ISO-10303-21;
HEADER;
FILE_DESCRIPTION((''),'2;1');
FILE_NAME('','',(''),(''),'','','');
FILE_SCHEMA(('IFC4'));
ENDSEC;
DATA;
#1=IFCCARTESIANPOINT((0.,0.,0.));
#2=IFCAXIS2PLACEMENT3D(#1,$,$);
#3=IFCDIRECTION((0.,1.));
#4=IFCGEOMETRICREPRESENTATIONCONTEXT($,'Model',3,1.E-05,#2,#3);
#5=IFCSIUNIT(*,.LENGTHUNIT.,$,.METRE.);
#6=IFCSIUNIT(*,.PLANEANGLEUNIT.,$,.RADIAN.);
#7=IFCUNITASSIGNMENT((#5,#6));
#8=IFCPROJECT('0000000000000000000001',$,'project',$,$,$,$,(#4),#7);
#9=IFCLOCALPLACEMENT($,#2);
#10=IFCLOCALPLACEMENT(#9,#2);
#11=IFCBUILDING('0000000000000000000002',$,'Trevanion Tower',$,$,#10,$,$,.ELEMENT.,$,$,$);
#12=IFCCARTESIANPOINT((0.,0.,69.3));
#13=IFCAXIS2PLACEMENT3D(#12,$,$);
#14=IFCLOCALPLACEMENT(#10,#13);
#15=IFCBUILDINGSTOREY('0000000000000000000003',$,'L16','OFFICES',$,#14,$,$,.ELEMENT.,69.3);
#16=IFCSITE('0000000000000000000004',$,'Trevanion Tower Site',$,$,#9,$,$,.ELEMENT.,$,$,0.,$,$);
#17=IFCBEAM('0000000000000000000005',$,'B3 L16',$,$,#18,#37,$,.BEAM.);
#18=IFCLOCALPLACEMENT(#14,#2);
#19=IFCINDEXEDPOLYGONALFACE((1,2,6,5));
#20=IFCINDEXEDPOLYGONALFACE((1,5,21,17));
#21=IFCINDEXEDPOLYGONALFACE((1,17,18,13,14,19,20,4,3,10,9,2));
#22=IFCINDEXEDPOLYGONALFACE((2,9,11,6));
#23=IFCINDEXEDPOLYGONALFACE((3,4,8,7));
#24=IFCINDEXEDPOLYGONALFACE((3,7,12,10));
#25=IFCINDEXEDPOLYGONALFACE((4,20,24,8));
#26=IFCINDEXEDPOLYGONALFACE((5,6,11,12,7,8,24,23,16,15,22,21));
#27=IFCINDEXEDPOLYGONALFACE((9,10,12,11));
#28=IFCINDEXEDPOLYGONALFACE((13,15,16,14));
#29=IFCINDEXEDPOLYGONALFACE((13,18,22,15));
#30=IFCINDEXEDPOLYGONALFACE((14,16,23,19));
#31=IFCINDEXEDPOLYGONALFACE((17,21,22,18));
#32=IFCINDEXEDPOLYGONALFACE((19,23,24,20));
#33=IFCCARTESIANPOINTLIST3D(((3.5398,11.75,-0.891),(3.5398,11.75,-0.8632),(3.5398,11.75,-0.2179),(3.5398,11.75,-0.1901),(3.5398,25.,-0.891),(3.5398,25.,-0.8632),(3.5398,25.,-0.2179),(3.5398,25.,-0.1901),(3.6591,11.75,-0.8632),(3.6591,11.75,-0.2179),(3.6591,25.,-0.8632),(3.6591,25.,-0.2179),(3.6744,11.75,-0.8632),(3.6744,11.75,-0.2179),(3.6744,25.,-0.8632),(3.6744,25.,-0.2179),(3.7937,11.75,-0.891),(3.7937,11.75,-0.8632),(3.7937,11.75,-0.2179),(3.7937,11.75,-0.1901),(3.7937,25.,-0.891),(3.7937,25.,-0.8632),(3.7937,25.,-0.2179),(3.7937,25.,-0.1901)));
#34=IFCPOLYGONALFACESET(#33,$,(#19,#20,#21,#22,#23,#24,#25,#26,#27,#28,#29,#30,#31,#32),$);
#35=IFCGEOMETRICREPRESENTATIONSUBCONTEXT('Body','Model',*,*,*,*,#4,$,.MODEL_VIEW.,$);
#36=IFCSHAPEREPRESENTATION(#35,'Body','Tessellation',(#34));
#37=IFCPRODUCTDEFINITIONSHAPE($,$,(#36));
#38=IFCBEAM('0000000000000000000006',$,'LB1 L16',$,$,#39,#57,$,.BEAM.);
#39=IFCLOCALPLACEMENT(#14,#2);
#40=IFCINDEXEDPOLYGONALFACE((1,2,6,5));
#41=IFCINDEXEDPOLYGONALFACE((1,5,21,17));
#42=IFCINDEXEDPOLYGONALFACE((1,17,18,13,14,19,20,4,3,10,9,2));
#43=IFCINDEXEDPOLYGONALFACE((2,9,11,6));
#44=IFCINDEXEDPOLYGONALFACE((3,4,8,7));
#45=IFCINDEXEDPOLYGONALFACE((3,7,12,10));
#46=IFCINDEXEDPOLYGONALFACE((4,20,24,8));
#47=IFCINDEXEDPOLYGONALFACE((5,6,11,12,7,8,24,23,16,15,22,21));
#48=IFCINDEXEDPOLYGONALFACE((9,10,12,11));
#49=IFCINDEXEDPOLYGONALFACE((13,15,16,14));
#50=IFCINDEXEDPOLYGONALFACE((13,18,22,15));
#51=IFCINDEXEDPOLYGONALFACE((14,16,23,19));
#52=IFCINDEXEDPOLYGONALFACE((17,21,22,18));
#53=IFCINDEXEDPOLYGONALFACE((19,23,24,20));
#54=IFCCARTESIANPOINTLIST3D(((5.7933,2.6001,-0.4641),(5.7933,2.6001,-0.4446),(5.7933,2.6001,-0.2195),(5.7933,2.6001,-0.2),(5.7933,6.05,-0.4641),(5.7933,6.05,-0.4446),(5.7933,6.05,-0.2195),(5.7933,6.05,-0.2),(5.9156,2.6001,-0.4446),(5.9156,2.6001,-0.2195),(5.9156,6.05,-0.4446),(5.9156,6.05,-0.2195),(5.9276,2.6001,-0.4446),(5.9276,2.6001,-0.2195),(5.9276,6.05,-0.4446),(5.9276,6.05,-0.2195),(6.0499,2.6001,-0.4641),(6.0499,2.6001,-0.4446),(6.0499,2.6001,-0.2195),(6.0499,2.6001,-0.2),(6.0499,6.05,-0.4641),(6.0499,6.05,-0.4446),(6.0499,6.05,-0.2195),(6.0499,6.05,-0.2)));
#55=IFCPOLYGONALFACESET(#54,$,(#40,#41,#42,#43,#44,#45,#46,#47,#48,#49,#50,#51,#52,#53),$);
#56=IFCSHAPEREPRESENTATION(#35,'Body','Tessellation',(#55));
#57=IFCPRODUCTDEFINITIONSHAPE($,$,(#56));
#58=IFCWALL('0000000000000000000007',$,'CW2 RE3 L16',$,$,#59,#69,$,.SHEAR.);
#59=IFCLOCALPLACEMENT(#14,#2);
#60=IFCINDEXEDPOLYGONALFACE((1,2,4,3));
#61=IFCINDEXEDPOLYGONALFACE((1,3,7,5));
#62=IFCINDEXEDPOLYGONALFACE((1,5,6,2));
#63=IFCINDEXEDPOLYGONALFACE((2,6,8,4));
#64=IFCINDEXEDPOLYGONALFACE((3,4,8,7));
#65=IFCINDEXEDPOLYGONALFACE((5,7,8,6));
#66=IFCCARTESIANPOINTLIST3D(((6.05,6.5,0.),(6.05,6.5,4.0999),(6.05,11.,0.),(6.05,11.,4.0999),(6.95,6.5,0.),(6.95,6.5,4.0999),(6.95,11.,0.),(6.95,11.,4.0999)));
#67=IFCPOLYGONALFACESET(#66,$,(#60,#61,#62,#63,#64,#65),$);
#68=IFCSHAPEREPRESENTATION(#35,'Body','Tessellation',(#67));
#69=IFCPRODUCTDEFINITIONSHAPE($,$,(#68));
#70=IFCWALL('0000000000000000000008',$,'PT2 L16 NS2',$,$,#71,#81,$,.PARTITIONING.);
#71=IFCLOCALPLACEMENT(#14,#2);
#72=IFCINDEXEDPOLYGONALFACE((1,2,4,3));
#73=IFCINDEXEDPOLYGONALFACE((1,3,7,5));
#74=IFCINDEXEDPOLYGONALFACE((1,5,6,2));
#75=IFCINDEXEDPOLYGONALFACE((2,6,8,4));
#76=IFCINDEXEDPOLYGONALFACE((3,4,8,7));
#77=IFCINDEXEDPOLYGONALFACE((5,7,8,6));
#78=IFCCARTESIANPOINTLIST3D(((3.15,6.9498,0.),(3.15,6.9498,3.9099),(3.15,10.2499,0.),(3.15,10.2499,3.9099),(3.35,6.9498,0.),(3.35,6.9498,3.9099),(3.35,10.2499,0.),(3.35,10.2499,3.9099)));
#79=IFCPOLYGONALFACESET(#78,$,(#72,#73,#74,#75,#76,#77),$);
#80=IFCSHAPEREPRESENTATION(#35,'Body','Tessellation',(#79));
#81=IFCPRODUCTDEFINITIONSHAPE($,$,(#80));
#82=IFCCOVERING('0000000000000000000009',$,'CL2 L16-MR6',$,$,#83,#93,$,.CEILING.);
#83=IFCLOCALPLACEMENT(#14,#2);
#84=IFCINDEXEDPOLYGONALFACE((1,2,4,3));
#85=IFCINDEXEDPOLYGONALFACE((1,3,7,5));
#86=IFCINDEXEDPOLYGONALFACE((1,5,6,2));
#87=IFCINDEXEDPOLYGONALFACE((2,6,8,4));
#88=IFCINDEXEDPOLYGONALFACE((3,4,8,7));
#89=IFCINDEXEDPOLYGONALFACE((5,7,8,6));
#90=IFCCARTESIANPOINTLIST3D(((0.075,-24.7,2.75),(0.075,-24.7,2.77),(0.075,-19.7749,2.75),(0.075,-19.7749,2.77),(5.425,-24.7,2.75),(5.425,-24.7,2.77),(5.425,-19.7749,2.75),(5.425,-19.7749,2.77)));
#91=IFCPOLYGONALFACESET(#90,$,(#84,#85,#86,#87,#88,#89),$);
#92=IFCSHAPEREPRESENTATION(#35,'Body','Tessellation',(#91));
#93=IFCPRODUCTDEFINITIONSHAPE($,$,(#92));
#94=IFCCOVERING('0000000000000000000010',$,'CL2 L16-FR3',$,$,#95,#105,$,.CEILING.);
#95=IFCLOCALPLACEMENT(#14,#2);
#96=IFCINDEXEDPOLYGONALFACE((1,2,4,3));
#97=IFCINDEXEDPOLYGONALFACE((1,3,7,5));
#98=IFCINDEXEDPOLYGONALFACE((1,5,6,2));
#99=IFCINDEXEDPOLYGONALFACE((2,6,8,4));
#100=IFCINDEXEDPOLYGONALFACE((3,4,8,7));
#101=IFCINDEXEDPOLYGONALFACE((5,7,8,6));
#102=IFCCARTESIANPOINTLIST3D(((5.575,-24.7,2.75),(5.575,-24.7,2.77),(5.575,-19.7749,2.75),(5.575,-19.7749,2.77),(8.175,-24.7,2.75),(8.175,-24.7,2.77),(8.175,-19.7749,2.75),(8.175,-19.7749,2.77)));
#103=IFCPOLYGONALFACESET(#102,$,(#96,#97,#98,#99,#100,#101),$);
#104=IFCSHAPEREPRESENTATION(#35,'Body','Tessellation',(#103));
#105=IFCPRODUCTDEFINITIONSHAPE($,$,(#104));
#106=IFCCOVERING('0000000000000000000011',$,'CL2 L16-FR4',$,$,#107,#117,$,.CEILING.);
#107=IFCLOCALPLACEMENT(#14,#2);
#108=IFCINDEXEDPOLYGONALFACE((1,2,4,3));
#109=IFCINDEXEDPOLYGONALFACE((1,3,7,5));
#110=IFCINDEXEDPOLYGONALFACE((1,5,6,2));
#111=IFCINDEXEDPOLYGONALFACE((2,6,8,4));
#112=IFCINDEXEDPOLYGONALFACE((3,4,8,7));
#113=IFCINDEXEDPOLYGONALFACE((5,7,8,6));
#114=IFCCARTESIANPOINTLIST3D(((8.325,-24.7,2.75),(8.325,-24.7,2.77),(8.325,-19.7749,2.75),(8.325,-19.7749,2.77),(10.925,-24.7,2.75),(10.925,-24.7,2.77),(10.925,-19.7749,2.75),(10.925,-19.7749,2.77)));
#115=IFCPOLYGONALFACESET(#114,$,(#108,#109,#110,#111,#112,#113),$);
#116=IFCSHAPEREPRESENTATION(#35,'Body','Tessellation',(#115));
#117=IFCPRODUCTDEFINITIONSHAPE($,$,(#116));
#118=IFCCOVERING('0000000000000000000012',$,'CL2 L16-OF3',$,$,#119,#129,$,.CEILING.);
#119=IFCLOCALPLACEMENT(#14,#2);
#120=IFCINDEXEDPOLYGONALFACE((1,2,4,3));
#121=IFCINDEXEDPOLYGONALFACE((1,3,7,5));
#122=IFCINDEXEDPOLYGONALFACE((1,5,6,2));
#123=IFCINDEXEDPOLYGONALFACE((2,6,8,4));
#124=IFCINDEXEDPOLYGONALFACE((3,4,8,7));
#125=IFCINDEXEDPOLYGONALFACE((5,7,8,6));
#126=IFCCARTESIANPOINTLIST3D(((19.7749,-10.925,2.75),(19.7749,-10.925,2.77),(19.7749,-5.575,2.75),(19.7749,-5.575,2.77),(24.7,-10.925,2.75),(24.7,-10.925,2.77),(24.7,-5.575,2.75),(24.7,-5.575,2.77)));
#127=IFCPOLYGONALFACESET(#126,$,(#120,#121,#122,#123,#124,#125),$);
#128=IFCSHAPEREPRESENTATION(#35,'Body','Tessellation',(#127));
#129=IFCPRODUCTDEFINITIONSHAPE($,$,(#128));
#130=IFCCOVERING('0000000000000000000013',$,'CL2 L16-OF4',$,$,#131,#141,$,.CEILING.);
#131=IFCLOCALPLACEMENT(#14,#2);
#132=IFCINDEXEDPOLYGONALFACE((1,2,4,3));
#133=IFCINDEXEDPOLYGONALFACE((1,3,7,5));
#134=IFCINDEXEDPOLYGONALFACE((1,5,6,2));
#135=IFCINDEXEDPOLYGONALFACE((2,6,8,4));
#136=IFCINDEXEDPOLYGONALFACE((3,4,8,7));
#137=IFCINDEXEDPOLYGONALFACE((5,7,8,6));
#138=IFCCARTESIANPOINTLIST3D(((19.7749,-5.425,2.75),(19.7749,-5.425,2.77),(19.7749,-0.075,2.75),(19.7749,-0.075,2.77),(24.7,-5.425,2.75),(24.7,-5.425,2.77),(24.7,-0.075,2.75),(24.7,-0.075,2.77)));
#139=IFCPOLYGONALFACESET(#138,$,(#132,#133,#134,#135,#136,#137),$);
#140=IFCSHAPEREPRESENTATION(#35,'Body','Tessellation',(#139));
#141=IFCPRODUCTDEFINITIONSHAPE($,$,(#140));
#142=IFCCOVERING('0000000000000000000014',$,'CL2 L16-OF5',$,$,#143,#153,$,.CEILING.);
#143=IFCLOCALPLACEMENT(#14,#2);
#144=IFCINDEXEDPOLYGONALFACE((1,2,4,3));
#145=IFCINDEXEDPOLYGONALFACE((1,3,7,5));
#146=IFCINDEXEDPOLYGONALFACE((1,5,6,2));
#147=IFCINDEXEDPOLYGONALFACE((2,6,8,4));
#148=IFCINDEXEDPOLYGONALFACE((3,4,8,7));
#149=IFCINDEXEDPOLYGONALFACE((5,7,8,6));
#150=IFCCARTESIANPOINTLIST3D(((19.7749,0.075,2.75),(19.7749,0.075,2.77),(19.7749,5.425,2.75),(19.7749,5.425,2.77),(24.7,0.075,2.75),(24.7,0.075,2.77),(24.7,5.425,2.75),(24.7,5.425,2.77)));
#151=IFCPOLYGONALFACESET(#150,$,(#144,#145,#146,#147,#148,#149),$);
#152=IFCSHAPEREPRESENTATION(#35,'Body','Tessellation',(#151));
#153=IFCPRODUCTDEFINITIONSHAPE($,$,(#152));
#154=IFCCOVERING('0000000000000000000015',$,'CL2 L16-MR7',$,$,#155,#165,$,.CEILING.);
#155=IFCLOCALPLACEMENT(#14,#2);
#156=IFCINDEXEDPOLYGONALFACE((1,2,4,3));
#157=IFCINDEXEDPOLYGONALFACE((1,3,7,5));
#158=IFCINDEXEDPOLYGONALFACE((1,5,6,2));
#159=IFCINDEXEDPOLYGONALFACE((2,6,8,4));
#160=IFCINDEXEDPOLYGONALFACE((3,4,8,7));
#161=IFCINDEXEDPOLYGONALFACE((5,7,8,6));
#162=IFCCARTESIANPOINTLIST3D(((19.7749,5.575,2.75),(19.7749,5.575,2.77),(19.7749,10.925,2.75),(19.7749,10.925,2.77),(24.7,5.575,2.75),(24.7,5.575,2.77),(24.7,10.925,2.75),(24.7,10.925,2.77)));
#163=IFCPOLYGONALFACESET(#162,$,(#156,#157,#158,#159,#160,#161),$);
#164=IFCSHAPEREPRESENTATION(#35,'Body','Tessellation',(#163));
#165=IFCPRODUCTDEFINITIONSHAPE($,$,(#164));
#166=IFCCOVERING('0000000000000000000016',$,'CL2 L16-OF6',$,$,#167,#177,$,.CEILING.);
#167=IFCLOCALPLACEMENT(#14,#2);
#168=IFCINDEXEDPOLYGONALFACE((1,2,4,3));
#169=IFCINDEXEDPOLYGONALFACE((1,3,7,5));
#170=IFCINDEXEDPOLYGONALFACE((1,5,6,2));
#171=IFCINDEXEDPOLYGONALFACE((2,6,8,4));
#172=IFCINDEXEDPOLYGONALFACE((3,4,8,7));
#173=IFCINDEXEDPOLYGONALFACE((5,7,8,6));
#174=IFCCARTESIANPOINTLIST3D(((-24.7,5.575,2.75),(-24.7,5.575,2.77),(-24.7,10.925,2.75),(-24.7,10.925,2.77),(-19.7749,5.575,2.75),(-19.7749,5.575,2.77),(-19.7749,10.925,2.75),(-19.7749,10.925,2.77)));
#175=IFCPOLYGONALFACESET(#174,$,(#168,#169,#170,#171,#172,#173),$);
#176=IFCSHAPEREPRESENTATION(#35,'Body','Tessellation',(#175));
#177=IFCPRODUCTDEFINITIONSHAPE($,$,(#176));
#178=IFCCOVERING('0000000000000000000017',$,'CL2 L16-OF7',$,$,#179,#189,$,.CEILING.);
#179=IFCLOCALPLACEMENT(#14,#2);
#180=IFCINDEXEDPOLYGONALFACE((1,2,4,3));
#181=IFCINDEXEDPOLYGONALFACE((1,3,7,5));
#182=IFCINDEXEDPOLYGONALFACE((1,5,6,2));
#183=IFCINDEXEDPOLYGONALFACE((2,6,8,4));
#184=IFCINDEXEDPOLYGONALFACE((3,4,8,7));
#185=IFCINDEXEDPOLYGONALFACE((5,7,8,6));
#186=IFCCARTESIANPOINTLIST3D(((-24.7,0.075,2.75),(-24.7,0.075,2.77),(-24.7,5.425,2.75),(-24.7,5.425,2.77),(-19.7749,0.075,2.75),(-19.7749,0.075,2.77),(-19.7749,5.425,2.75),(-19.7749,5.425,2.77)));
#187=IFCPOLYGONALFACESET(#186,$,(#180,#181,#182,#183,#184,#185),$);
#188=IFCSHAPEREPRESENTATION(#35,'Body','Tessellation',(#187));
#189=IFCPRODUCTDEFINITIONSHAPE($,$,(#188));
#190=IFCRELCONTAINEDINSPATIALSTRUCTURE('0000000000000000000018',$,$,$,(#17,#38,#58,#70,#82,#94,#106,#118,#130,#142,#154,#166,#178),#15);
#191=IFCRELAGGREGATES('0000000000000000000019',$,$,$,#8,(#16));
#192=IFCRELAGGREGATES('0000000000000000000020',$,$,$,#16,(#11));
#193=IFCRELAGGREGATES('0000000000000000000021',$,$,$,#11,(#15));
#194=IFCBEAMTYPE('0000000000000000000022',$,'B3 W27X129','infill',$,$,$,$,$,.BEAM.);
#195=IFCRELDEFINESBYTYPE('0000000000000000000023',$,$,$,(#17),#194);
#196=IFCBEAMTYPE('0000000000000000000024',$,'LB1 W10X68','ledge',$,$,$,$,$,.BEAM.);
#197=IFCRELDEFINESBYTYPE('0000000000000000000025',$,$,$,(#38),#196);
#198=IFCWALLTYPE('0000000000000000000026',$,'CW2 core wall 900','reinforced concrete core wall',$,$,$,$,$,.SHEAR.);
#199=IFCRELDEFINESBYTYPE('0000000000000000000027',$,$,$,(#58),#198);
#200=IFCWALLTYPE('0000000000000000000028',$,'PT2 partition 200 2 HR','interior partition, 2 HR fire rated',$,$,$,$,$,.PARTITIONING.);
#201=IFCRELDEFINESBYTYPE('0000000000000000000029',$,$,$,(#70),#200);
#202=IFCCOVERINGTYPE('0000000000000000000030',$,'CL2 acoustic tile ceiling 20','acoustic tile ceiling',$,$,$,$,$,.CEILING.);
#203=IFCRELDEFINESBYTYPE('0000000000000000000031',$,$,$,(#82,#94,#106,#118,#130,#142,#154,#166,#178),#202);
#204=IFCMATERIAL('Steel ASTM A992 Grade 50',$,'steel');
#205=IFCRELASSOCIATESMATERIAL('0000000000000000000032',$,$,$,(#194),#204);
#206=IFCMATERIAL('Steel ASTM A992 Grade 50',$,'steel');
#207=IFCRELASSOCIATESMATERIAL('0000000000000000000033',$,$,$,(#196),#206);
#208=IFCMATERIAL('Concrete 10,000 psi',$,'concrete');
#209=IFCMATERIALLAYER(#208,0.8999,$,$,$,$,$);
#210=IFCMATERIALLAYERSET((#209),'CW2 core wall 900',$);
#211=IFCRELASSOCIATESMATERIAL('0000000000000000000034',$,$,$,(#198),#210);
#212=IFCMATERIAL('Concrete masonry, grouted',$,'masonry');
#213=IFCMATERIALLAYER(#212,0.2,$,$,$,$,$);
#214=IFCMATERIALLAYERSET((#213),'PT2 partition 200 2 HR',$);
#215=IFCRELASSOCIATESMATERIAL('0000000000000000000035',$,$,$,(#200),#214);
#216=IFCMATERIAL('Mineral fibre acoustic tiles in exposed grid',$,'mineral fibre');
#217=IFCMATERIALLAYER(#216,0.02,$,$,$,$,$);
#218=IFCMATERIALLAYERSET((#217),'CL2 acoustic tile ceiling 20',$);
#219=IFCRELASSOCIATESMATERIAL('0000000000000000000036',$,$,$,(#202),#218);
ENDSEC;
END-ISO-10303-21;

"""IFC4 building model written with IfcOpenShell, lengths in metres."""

from ifc_helpers import new_model, si_unit, direction, frame, frame_2d, origin, origin_2d, place, context, subcontext, project, spatial, polyline, rectangle, i_section, outline, extrude, material, layer, layer_set, material_profile, profile_set, type_object, element, save


model = new_model("IFC4")

# Units and contexts
model_context = context("Model", 3, precision=1e-05, world=origin(), true_north=direction((0.0, 1.0)))
body_context = subcontext(model_context, "Body", "Model", "MODEL_VIEW")
ifc_project = project(units=[si_unit("LENGTHUNIT", "METRE"), si_unit("PLANEANGLEUNIT", "RADIAN")], contexts=[model_context])

# Site, building, storey
site_placement = place(None, origin())
site = spatial("IfcSite", under=ifc_project, at=site_placement, Name="Trevanion Tower Site", CompositionType="ELEMENT", RefElevation=0.0)
building_placement = place(site_placement, origin())
building = spatial("IfcBuilding", under=site, at=building_placement, Name="Trevanion Tower", CompositionType="ELEMENT")
storey_placement = place(building_placement, frame((0.0, 0.0, 69.3)))
storey = spatial("IfcBuildingStorey", under=building, at=storey_placement, Name="L16", Description="OFFICES", CompositionType="ELEMENT", Elevation=69.3)

# Beams
ifc_material_1 = material(Name="Steel ASTM A992 Grade 50", Category="steel")
ifc_material_profile_1 = material_profile(ifc_material_1, i_section(OverallWidth=0.2539, OverallDepth=0.7009, WebThickness=0.0154, FlangeThickness=0.0278, at=origin_2d()), Name="W27X129")
ifc_profile_set_1 = profile_set([ifc_material_profile_1], Name="Steel ASTM A992 Grade 50")
beam_type_1 = type_object("IfcBeamType", Name="B3 W27X129", Description="infill", PredefinedType="BEAM", material=ifc_profile_set_1)
beam_1_placement = place(storey_placement, frame((3.6667, 11.75, -0.5405), z_axis=(0.0, 1.0, 0.0), x_axis=(-1.0, 0.0, 0.0)))
element("IfcBeam", 1, at=beam_1_placement, inside=storey, type_object=beam_type_1, Name="B3 L16", PredefinedType="BEAM", context=body_context, shape_type="SweptSolid", body=[
    extrude(i_section(OverallWidth=0.2539, OverallDepth=0.7009, WebThickness=0.0154, FlangeThickness=0.0278, at=origin_2d()), origin(), (0.0, 0.0, 1.0), 13.25),
])
ifc_material_2 = material(Name="Steel ASTM A992 Grade 50", Category="steel")
ifc_material_profile_2 = material_profile(ifc_material_2, i_section(OverallWidth=0.2566, OverallDepth=0.2642, WebThickness=0.012, FlangeThickness=0.0195, at=origin_2d()), Name="W10X68")
ifc_profile_set_2 = profile_set([ifc_material_profile_2], Name="Steel ASTM A992 Grade 50")
beam_type_2 = type_object("IfcBeamType", Name="LB1 W10X68", Description="ledge", PredefinedType="BEAM", material=ifc_profile_set_2)
beam_2_placement = place(storey_placement, frame((5.9216, 2.6001, -0.332), z_axis=(0.0, 1.0, 0.0), x_axis=(-1.0, 0.0, 0.0)))
element("IfcBeam", 2, at=beam_2_placement, inside=storey, type_object=beam_type_2, Name="LB1 L16", PredefinedType="BEAM", context=body_context, shape_type="SweptSolid", body=[
    extrude(i_section(OverallWidth=0.2566, OverallDepth=0.2642, WebThickness=0.012, FlangeThickness=0.0195, at=origin_2d()), origin(), (0.0, 0.0, 1.0), 3.45),
])

# Walls
ifc_material_3 = material(Name="Concrete 10,000 psi", Category="concrete")
ifc_layer_1 = layer(ifc_material_3, 0.8999)
ifc_layer_set_1 = layer_set([ifc_layer_1], Name="CW2 core wall 900")
wall_type_1 = type_object("IfcWallType", Name="CW2 core wall 900", Description="reinforced concrete core wall", PredefinedType="SHEAR", material=ifc_layer_set_1)
wall_1_placement = place(storey_placement, frame((6.5, 6.5, 0.0), z_axis=(0.0, 0.0, 1.0), x_axis=(0.0, 1.0, 0.0)))
element("IfcWall", 3, at=wall_1_placement, inside=storey, type_object=wall_type_1, Name="CW2 RE3 L16", PredefinedType="SHEAR", context=body_context, shape_type="SweptSolid", body=[
    extrude(rectangle(XDim=4.5, YDim=0.8999, at=frame_2d((2.25, 0.0))), origin(), (0.0, 0.0, 1.0), 4.0999),
])
ifc_material_4 = material(Name="Concrete masonry, grouted", Category="masonry")
ifc_layer_2 = layer(ifc_material_4, 0.2)
ifc_layer_set_2 = layer_set([ifc_layer_2], Name="PT2 partition 200 2 HR")
wall_type_2 = type_object("IfcWallType", Name="PT2 partition 200 2 HR", Description="interior partition, 2 HR fire rated", PredefinedType="PARTITIONING", material=ifc_layer_set_2)
wall_2_placement = place(storey_placement, frame((3.25, 6.95, 0.0), z_axis=(0.0, 0.0, 1.0), x_axis=(0.0, 1.0, 0.0)))
element("IfcWall", 4, at=wall_2_placement, inside=storey, type_object=wall_type_2, Name="PT2 L16 NS2", PredefinedType="PARTITIONING", context=body_context, shape_type="SweptSolid", body=[
    extrude(rectangle(XDim=3.3, YDim=0.2, at=frame_2d((1.6499, 0.0))), origin(), (0.0, 0.0, 1.0), 3.9099),
])

# Coverings
ifc_material_5 = material(Name="Mineral fibre acoustic tiles in exposed grid", Category="mineral fibre")
ifc_layer_3 = layer(ifc_material_5, 0.02)
ifc_layer_set_3 = layer_set([ifc_layer_3], Name="CL2 acoustic tile ceiling 20")
covering_type_1 = type_object("IfcCoveringType", Name="CL2 acoustic tile ceiling 20", Description="acoustic tile ceiling", PredefinedType="CEILING", material=ifc_layer_set_3)
covering_1_placement = place(storey_placement, frame((0.0, 0.0, 2.75)))
element("IfcCovering", 5, at=covering_1_placement, inside=storey, type_object=covering_type_1, Name="CL2 L16-MR6", PredefinedType="CEILING", context=body_context, shape_type="SweptSolid", body=[
    extrude(outline(polyline([(0.075, -19.7749), (5.425, -19.7749), (5.425, -24.7), (0.075, -24.7), (0.075, -19.7749)])), origin(), (0.0, 0.0, 1.0), 0.02),
])
covering_2_placement = place(storey_placement, frame((0.0, 0.0, 2.75)))
element("IfcCovering", 6, at=covering_2_placement, inside=storey, type_object=covering_type_1, Name="CL2 L16-FR3", PredefinedType="CEILING", context=body_context, shape_type="SweptSolid", body=[
    extrude(outline(polyline([(5.575, -19.7749), (8.175, -19.7749), (8.175, -24.7), (5.575, -24.7), (5.575, -19.7749)])), origin(), (0.0, 0.0, 1.0), 0.02),
])
covering_3_placement = place(storey_placement, frame((0.0, 0.0, 2.75)))
element("IfcCovering", 7, at=covering_3_placement, inside=storey, type_object=covering_type_1, Name="CL2 L16-FR4", PredefinedType="CEILING", context=body_context, shape_type="SweptSolid", body=[
    extrude(outline(polyline([(8.325, -19.7749), (10.925, -19.7749), (10.925, -24.7), (8.325, -24.7), (8.325, -19.7749)])), origin(), (0.0, 0.0, 1.0), 0.02),
])
covering_4_placement = place(storey_placement, frame((0.0, 0.0, 2.75)))
element("IfcCovering", 8, at=covering_4_placement, inside=storey, type_object=covering_type_1, Name="CL2 L16-OF3", PredefinedType="CEILING", context=body_context, shape_type="SweptSolid", body=[
    extrude(outline(polyline([(19.7749, -10.925), (19.7749, -5.575), (24.7, -5.575), (24.7, -10.925), (19.7749, -10.925)])), origin(), (0.0, 0.0, 1.0), 0.02),
])
covering_5_placement = place(storey_placement, frame((0.0, 0.0, 2.75)))
element("IfcCovering", 9, at=covering_5_placement, inside=storey, type_object=covering_type_1, Name="CL2 L16-OF4", PredefinedType="CEILING", context=body_context, shape_type="SweptSolid", body=[
    extrude(outline(polyline([(19.7749, -5.425), (19.7749, -0.075), (24.7, -0.075), (24.7, -5.425), (19.7749, -5.425)])), origin(), (0.0, 0.0, 1.0), 0.02),
])
covering_6_placement = place(storey_placement, frame((0.0, 0.0, 2.75)))
element("IfcCovering", 10, at=covering_6_placement, inside=storey, type_object=covering_type_1, Name="CL2 L16-OF5", PredefinedType="CEILING", context=body_context, shape_type="SweptSolid", body=[
    extrude(outline(polyline([(19.7749, 0.075), (19.7749, 5.425), (24.7, 5.425), (24.7, 0.075), (19.7749, 0.075)])), origin(), (0.0, 0.0, 1.0), 0.02),
])
covering_7_placement = place(storey_placement, frame((0.0, 0.0, 2.75)))
element("IfcCovering", 11, at=covering_7_placement, inside=storey, type_object=covering_type_1, Name="CL2 L16-MR7", PredefinedType="CEILING", context=body_context, shape_type="SweptSolid", body=[
    extrude(outline(polyline([(19.7749, 5.575), (19.7749, 10.925), (24.7, 10.925), (24.7, 5.575), (19.7749, 5.575)])), origin(), (0.0, 0.0, 1.0), 0.02),
])
covering_8_placement = place(storey_placement, frame((0.0, 0.0, 2.75)))
element("IfcCovering", 12, at=covering_8_placement, inside=storey, type_object=covering_type_1, Name="CL2 L16-OF6", PredefinedType="CEILING", context=body_context, shape_type="SweptSolid", body=[
    extrude(outline(polyline([(-19.7749, 10.925), (-19.7749, 5.575), (-24.7, 5.575), (-24.7, 10.925), (-19.7749, 10.925)])), origin(), (0.0, 0.0, 1.0), 0.02),
])
covering_9_placement = place(storey_placement, frame((0.0, 0.0, 2.75)))
element("IfcCovering", 13, at=covering_9_placement, inside=storey, type_object=covering_type_1, Name="CL2 L16-OF7", PredefinedType="CEILING", context=body_context, shape_type="SweptSolid", body=[
    extrude(outline(polyline([(-19.7749, 5.425), (-19.7749, 0.075), (-24.7, 0.075), (-24.7, 5.425), (-19.7749, 5.425)])), origin(), (0.0, 0.0, 1.0), 0.02),
])

save(model, "model.ifc")
